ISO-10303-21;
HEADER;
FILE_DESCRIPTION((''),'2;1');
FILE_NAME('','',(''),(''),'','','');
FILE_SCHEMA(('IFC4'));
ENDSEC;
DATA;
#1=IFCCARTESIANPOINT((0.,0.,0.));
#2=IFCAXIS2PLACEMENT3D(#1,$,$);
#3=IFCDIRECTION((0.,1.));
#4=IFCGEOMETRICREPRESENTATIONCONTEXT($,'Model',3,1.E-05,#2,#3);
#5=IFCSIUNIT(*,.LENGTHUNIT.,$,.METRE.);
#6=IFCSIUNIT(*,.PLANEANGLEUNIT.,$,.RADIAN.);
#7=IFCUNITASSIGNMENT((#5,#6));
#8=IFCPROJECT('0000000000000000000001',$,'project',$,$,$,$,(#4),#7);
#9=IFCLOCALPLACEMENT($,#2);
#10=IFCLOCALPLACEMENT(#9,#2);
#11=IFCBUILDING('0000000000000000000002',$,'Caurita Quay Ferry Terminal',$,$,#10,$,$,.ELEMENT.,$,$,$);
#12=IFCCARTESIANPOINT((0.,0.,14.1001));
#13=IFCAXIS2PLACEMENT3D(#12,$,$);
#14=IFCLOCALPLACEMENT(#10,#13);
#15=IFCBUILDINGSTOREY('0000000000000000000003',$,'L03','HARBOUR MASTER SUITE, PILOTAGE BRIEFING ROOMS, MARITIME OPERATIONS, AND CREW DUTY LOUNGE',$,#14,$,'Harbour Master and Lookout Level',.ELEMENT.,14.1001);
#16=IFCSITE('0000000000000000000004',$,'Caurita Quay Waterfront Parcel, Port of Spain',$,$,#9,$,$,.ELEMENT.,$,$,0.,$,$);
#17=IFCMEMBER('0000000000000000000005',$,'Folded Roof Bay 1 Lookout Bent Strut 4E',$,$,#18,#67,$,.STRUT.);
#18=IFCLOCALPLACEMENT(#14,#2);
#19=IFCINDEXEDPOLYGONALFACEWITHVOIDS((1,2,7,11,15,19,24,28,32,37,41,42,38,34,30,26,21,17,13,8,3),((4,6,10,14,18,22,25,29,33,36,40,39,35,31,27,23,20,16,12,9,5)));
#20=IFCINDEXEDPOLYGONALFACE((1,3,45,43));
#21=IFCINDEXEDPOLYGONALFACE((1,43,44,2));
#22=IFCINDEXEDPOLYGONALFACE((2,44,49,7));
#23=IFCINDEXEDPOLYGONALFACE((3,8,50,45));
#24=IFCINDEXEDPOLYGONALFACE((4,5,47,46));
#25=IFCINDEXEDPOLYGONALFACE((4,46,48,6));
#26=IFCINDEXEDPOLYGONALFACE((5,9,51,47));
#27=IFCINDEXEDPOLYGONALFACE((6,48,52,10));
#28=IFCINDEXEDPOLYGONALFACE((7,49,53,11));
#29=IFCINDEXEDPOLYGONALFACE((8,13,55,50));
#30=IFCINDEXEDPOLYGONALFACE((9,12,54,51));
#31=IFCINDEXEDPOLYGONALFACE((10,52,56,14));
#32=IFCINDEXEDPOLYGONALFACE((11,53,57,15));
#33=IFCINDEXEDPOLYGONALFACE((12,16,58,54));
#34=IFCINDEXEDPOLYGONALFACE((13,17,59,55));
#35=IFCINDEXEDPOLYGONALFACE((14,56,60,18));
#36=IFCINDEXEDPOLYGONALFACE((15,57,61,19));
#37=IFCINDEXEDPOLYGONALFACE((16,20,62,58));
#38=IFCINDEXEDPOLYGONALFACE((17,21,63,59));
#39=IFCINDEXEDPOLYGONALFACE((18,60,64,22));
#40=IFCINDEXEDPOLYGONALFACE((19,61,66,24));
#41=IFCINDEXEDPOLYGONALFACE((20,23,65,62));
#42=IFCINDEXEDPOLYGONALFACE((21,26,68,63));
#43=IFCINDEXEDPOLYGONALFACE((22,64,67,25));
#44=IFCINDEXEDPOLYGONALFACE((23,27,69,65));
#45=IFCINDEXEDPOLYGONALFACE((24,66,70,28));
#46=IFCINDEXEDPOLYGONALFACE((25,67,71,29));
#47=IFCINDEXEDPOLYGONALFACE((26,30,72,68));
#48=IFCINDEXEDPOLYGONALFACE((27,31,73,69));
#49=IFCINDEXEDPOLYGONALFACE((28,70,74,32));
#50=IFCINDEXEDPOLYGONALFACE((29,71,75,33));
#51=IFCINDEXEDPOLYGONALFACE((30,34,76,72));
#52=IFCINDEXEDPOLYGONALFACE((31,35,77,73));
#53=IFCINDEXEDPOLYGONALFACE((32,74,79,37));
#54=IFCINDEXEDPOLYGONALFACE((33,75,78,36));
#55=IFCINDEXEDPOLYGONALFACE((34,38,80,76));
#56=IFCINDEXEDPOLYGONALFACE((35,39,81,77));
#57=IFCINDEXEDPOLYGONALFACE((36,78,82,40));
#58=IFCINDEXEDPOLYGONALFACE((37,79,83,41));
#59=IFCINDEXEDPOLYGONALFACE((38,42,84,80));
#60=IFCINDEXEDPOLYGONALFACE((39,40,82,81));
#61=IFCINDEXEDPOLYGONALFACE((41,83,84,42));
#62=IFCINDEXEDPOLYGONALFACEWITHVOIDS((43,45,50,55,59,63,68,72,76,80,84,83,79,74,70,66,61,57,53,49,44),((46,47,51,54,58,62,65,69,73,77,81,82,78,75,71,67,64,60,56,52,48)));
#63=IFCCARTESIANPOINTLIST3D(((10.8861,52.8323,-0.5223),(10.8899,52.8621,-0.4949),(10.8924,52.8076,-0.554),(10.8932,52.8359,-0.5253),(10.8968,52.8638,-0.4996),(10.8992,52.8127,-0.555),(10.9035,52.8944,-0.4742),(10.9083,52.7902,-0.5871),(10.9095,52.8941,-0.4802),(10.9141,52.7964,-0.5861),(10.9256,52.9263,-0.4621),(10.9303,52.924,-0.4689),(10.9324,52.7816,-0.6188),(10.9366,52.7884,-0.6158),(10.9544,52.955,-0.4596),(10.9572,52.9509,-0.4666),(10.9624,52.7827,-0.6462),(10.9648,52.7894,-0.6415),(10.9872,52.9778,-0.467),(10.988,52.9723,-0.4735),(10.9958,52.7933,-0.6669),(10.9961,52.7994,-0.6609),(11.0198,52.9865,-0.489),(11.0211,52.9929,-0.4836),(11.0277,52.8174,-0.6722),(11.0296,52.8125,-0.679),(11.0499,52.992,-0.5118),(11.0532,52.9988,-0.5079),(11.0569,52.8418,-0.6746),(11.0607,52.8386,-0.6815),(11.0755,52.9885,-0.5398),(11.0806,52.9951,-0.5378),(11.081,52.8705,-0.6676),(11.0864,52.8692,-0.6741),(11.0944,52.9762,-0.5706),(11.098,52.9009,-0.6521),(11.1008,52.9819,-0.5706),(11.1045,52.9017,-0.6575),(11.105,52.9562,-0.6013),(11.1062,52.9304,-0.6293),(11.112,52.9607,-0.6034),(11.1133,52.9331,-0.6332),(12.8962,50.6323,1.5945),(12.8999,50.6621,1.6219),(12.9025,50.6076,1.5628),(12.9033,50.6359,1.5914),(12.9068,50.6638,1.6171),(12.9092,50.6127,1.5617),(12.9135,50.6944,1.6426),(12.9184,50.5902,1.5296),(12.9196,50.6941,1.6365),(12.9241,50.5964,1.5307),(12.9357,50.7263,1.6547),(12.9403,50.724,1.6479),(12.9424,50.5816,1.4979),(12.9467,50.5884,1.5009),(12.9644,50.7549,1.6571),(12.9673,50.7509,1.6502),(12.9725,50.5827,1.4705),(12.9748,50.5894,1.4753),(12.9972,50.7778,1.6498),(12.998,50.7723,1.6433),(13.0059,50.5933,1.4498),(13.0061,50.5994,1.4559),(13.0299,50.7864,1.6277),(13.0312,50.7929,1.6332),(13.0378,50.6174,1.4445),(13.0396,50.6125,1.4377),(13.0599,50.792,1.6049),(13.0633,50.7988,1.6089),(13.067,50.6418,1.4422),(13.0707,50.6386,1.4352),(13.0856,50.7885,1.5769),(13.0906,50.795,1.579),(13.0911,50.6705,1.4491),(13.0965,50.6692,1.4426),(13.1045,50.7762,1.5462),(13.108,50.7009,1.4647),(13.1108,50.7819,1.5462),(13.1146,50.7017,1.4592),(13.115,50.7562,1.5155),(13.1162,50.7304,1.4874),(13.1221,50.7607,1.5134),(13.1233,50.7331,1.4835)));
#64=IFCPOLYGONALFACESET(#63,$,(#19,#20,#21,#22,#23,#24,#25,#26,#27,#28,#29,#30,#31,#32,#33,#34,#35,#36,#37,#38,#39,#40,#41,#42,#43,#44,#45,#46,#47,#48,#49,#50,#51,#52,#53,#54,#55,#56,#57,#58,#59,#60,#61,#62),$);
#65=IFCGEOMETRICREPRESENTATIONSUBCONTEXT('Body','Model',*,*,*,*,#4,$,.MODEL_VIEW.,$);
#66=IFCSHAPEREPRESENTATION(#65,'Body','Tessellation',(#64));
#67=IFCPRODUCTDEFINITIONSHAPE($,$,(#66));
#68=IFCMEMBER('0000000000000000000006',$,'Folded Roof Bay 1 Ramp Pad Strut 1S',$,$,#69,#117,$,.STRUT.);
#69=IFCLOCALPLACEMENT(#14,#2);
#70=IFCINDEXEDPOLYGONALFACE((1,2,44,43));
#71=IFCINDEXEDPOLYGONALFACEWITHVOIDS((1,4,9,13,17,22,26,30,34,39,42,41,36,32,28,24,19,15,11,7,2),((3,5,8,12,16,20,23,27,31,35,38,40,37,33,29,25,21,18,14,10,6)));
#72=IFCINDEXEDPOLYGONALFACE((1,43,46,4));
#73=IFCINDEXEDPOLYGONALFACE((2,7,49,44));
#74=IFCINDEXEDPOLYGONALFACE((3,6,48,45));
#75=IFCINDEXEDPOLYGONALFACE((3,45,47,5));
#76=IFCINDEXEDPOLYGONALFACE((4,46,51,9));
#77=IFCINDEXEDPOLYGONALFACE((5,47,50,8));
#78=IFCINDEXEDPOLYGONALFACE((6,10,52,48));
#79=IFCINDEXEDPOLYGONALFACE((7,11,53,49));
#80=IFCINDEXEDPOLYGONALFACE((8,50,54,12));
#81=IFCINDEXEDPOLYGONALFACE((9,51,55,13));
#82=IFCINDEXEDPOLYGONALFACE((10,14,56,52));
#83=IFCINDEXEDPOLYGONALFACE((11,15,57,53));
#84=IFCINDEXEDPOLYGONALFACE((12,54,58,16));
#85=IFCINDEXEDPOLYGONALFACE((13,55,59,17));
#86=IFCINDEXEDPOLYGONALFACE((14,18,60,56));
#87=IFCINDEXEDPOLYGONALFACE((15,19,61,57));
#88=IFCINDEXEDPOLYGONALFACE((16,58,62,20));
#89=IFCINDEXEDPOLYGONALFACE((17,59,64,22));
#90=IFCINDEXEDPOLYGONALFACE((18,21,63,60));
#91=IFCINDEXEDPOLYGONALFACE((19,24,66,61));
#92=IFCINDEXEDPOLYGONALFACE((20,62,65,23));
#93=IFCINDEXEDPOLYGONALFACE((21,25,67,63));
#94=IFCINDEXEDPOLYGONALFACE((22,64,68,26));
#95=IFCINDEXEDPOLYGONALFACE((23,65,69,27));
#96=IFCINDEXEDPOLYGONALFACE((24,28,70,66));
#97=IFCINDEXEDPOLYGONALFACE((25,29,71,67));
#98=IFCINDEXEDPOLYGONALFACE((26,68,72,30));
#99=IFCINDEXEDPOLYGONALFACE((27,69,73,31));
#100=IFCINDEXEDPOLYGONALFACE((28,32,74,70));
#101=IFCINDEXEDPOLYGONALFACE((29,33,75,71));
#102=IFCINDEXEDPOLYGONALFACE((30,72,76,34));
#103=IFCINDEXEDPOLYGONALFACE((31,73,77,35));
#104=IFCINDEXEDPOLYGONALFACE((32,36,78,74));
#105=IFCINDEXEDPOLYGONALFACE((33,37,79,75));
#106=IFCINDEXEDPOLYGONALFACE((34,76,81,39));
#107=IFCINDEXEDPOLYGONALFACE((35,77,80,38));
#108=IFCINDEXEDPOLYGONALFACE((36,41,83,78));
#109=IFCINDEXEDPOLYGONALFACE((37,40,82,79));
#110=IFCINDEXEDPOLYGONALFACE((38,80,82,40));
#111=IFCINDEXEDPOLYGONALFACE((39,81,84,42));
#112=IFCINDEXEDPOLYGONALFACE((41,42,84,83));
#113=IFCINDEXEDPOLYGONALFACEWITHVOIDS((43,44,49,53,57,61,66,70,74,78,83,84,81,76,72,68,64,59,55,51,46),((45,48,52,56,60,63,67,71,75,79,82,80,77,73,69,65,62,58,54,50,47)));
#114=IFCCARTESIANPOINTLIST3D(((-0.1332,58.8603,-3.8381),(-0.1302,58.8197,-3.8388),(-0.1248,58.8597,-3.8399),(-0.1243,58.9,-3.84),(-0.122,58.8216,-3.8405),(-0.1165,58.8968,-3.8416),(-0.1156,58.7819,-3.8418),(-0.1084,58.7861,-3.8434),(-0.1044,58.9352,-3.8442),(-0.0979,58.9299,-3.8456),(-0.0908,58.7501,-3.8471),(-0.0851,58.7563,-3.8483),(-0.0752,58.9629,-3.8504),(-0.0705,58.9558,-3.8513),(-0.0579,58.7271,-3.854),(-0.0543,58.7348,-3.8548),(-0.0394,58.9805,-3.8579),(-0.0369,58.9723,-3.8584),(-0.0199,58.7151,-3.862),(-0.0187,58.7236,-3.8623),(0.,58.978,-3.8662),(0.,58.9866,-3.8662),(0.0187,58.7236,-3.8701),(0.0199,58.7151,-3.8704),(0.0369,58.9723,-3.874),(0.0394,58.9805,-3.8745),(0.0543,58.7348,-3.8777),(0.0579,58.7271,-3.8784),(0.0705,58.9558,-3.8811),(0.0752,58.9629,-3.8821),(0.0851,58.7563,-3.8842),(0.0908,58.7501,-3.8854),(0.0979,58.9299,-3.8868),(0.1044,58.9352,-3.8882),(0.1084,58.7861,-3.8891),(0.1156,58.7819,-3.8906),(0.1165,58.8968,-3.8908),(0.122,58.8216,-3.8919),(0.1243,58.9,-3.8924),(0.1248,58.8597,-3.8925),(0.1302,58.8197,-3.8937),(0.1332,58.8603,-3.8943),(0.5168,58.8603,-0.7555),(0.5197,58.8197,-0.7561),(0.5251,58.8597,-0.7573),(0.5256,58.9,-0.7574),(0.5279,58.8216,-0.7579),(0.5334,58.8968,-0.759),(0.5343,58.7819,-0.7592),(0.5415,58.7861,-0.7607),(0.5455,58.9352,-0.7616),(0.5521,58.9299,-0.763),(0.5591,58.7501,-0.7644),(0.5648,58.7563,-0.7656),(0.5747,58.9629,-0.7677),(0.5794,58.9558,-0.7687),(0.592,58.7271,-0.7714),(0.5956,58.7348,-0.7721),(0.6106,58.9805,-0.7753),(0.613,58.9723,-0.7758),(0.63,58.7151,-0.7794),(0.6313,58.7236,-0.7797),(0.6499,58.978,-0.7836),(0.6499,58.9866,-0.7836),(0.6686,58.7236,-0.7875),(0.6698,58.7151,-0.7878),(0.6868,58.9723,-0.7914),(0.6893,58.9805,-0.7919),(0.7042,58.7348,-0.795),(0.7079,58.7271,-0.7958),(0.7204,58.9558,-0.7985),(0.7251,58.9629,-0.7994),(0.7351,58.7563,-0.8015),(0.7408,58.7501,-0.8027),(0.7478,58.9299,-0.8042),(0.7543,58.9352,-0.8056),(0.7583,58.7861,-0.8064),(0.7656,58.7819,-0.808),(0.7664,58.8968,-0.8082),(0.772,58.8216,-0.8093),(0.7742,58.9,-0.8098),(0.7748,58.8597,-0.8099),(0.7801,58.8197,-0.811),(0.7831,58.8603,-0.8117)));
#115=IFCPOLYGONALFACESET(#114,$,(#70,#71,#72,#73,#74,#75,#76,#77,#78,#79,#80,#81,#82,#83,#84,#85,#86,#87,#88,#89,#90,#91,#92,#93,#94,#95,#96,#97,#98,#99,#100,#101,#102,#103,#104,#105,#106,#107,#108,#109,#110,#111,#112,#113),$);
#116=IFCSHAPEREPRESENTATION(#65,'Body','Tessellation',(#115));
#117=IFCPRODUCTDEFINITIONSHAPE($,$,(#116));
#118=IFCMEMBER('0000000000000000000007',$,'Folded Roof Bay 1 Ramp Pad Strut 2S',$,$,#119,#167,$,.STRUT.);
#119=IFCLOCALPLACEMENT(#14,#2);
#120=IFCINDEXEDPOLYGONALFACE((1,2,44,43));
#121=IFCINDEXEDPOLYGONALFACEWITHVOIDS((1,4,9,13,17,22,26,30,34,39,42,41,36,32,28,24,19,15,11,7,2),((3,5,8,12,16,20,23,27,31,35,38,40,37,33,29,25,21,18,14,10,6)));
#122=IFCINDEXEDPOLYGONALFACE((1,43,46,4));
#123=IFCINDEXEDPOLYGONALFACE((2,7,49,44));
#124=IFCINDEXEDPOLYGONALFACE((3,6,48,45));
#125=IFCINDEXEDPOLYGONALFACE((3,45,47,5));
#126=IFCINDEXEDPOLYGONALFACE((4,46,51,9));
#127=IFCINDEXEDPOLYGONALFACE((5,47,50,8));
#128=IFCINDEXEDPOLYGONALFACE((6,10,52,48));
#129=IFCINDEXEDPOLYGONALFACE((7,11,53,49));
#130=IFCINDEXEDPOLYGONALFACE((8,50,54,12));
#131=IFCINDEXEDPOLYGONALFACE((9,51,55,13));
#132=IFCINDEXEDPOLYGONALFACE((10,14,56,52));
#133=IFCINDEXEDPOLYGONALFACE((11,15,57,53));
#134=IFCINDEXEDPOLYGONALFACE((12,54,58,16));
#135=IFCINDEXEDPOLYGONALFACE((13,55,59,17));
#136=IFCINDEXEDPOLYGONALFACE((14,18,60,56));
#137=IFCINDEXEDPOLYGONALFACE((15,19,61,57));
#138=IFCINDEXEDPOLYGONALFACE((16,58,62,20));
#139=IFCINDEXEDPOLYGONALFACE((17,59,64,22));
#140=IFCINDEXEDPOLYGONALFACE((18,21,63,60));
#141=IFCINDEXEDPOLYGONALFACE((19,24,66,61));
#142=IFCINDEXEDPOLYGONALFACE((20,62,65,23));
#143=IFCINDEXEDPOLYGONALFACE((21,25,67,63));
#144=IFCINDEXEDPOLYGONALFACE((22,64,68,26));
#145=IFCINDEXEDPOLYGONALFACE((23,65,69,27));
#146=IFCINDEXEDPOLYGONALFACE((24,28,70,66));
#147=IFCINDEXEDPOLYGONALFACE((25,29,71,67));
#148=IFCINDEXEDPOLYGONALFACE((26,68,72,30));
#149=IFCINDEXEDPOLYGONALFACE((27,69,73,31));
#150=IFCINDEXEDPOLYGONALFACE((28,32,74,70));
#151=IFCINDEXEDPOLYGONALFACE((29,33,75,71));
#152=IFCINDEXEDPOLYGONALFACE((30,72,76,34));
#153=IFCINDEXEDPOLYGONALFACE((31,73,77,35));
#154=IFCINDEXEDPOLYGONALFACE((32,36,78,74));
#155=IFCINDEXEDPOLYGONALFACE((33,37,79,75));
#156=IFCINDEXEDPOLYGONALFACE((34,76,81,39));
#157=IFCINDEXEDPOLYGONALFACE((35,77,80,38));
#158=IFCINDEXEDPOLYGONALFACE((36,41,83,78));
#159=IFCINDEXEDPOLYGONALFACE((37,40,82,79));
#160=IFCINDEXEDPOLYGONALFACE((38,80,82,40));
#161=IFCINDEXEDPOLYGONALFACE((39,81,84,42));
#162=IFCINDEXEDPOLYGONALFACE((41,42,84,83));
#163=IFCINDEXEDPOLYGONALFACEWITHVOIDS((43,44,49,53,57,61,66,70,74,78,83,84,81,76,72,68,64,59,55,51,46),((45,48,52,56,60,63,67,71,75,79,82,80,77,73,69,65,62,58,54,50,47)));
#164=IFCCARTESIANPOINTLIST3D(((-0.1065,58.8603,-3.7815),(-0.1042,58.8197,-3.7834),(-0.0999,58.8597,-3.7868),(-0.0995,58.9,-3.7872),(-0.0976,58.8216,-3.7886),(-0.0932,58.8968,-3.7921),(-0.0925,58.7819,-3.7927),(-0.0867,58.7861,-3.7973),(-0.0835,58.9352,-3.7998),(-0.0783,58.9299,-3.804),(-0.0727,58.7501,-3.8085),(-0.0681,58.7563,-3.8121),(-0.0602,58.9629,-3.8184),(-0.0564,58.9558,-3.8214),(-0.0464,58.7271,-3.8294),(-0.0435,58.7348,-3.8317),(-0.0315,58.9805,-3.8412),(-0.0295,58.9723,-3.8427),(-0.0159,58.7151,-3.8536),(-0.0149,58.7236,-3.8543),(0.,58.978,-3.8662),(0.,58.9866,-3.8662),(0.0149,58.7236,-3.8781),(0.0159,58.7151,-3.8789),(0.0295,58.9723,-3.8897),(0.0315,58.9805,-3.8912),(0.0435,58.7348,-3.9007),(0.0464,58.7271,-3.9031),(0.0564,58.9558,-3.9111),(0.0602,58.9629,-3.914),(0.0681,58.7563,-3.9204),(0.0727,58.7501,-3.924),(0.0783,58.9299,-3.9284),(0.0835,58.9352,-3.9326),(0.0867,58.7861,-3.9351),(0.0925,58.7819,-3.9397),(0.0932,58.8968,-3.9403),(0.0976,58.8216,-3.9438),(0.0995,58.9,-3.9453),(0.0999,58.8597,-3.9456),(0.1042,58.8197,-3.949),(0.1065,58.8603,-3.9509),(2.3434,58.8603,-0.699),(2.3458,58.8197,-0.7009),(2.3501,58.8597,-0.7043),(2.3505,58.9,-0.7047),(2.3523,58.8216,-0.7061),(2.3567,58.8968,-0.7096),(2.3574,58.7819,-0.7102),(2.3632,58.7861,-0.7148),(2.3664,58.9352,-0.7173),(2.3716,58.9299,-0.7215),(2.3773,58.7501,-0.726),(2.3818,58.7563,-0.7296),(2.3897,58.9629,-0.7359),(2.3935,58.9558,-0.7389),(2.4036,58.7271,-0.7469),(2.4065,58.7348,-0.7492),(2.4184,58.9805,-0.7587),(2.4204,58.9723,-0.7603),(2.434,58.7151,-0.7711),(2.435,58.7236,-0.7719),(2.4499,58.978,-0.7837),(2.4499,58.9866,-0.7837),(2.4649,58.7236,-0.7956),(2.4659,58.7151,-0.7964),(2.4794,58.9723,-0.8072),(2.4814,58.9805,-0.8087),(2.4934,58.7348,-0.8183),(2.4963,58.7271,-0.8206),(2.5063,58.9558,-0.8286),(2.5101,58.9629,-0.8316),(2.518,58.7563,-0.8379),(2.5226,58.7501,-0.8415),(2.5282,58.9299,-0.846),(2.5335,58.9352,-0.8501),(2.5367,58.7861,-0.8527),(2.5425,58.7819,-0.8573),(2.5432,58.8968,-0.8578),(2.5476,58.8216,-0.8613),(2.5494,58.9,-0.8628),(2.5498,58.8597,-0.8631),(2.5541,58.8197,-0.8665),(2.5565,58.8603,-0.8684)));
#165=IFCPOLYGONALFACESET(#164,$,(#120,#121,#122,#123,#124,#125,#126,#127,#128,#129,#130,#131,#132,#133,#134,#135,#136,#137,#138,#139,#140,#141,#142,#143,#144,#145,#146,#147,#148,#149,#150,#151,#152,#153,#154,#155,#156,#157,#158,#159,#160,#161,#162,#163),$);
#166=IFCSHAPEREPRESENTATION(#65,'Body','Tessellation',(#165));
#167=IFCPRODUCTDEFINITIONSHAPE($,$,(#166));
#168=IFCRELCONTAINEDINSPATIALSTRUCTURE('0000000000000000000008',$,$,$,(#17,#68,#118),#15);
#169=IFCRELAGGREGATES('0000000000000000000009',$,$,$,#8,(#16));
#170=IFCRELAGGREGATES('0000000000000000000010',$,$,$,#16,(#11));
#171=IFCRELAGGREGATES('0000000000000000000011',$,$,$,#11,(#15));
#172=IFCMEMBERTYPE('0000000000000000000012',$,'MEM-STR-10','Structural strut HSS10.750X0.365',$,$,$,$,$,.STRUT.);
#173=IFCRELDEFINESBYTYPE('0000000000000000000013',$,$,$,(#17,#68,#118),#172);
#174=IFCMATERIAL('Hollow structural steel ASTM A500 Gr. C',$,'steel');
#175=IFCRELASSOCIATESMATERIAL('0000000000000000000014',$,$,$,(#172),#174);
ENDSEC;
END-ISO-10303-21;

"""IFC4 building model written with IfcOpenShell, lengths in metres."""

from ifc_helpers import new_model, si_unit, direction, frame, origin, origin_2d, place, context, subcontext, project, spatial, hollow_circle, extrude, material, material_profile, profile_set, type_object, element, save


model = new_model("IFC4")

# Units and contexts
model_context = context("Model", 3, precision=1e-05, world=origin(), true_north=direction((0.0, 1.0)))
body_context = subcontext(model_context, "Body", "Model", "MODEL_VIEW")
ifc_project = project(units=[si_unit("LENGTHUNIT", "METRE"), si_unit("PLANEANGLEUNIT", "RADIAN")], contexts=[model_context])

# Site, building, storey
site_placement = place(None, origin())
site = spatial("IfcSite", under=ifc_project, at=site_placement, Name="Caurita Quay Waterfront Parcel, Port of Spain", CompositionType="ELEMENT", RefElevation=0.0)
building_placement = place(site_placement, origin())
building = spatial("IfcBuilding", under=site, at=building_placement, Name="Caurita Quay Ferry Terminal", CompositionType="ELEMENT")
storey_placement = place(building_placement, frame((0.0, 0.0, 14.1001)))
storey = spatial("IfcBuildingStorey", under=building, at=storey_placement, Name="L03", Description="HARBOUR MASTER SUITE, PILOTAGE BRIEFING ROOMS, MARITIME OPERATIONS, AND CREW DUTY LOUNGE", LongName="Harbour Master and Lookout Level", CompositionType="ELEMENT", Elevation=14.1001)

# Members
ifc_material_1 = material(Name="Hollow structural steel ASTM A500 Gr. C", Category="steel")
ifc_material_profile_1 = material_profile(ifc_material_1, hollow_circle(Radius=0.1365, WallThickness=0.0085, at=origin_2d()), Name="HSS10.750X0.365")
ifc_profile_set_1 = profile_set([ifc_material_profile_1], Name="Hollow structural steel ASTM A500 Gr. C")
member_type_1 = type_object("IfcMemberType", Name="MEM-STR-10", Description="Structural strut HSS10.750X0.365", PredefinedType="STRUT", material=ifc_profile_set_1)
for number, where, z_axis, x_axis, name in (
    (1, (11.0, 52.8899, -0.5706), (0.549907, -0.601872, 0.579096), (0.738258, 0.674518, 0.0), "Folded Roof Bay 1 Lookout Bent Strut 4E"),
):
    element("IfcMember", number, at=place(storey_placement, frame(where, z_axis=z_axis, x_axis=x_axis)), inside=storey, type_object=member_type_1, Name=name, PredefinedType="STRUT", context=body_context, shape_type="SweptSolid", body=[
        extrude(hollow_circle(Radius=0.1365, WallThickness=0.0085, at=origin_2d()), origin(), (0.0, 0.0, 1.0), 3.6553),
    ])
member_1_placement = place(storey_placement, frame((0.0, 58.8501, -3.8662), z_axis=(0.206299, 0.0, 0.978489), x_axis=(0.0, 1.0, 0.0)))
element("IfcMember", 2, at=member_1_placement, inside=storey, type_object=member_type_1, Name="Folded Roof Bay 1 Ramp Pad Strut 1S", PredefinedType="STRUT", context=body_context, shape_type="SweptSolid", body=[
    extrude(hollow_circle(Radius=0.1365, WallThickness=0.0085, at=origin_2d()), origin(), (0.0, 0.0, 1.0), 3.1504),
])
member_2_placement = place(storey_placement, frame((0.0, 58.8501, -3.8662), z_axis=(0.622204, 0.0, 0.782855), x_axis=(0.0, 1.0, 0.0)))
element("IfcMember", 3, at=member_2_placement, inside=storey, type_object=member_type_1, Name="Folded Roof Bay 1 Ramp Pad Strut 2S", PredefinedType="STRUT", context=body_context, shape_type="SweptSolid", body=[
    extrude(hollow_circle(Radius=0.1365, WallThickness=0.0085, at=origin_2d()), origin(), (0.0, 0.0, 1.0), 3.9375),
])

save(model, "model.ifc")
